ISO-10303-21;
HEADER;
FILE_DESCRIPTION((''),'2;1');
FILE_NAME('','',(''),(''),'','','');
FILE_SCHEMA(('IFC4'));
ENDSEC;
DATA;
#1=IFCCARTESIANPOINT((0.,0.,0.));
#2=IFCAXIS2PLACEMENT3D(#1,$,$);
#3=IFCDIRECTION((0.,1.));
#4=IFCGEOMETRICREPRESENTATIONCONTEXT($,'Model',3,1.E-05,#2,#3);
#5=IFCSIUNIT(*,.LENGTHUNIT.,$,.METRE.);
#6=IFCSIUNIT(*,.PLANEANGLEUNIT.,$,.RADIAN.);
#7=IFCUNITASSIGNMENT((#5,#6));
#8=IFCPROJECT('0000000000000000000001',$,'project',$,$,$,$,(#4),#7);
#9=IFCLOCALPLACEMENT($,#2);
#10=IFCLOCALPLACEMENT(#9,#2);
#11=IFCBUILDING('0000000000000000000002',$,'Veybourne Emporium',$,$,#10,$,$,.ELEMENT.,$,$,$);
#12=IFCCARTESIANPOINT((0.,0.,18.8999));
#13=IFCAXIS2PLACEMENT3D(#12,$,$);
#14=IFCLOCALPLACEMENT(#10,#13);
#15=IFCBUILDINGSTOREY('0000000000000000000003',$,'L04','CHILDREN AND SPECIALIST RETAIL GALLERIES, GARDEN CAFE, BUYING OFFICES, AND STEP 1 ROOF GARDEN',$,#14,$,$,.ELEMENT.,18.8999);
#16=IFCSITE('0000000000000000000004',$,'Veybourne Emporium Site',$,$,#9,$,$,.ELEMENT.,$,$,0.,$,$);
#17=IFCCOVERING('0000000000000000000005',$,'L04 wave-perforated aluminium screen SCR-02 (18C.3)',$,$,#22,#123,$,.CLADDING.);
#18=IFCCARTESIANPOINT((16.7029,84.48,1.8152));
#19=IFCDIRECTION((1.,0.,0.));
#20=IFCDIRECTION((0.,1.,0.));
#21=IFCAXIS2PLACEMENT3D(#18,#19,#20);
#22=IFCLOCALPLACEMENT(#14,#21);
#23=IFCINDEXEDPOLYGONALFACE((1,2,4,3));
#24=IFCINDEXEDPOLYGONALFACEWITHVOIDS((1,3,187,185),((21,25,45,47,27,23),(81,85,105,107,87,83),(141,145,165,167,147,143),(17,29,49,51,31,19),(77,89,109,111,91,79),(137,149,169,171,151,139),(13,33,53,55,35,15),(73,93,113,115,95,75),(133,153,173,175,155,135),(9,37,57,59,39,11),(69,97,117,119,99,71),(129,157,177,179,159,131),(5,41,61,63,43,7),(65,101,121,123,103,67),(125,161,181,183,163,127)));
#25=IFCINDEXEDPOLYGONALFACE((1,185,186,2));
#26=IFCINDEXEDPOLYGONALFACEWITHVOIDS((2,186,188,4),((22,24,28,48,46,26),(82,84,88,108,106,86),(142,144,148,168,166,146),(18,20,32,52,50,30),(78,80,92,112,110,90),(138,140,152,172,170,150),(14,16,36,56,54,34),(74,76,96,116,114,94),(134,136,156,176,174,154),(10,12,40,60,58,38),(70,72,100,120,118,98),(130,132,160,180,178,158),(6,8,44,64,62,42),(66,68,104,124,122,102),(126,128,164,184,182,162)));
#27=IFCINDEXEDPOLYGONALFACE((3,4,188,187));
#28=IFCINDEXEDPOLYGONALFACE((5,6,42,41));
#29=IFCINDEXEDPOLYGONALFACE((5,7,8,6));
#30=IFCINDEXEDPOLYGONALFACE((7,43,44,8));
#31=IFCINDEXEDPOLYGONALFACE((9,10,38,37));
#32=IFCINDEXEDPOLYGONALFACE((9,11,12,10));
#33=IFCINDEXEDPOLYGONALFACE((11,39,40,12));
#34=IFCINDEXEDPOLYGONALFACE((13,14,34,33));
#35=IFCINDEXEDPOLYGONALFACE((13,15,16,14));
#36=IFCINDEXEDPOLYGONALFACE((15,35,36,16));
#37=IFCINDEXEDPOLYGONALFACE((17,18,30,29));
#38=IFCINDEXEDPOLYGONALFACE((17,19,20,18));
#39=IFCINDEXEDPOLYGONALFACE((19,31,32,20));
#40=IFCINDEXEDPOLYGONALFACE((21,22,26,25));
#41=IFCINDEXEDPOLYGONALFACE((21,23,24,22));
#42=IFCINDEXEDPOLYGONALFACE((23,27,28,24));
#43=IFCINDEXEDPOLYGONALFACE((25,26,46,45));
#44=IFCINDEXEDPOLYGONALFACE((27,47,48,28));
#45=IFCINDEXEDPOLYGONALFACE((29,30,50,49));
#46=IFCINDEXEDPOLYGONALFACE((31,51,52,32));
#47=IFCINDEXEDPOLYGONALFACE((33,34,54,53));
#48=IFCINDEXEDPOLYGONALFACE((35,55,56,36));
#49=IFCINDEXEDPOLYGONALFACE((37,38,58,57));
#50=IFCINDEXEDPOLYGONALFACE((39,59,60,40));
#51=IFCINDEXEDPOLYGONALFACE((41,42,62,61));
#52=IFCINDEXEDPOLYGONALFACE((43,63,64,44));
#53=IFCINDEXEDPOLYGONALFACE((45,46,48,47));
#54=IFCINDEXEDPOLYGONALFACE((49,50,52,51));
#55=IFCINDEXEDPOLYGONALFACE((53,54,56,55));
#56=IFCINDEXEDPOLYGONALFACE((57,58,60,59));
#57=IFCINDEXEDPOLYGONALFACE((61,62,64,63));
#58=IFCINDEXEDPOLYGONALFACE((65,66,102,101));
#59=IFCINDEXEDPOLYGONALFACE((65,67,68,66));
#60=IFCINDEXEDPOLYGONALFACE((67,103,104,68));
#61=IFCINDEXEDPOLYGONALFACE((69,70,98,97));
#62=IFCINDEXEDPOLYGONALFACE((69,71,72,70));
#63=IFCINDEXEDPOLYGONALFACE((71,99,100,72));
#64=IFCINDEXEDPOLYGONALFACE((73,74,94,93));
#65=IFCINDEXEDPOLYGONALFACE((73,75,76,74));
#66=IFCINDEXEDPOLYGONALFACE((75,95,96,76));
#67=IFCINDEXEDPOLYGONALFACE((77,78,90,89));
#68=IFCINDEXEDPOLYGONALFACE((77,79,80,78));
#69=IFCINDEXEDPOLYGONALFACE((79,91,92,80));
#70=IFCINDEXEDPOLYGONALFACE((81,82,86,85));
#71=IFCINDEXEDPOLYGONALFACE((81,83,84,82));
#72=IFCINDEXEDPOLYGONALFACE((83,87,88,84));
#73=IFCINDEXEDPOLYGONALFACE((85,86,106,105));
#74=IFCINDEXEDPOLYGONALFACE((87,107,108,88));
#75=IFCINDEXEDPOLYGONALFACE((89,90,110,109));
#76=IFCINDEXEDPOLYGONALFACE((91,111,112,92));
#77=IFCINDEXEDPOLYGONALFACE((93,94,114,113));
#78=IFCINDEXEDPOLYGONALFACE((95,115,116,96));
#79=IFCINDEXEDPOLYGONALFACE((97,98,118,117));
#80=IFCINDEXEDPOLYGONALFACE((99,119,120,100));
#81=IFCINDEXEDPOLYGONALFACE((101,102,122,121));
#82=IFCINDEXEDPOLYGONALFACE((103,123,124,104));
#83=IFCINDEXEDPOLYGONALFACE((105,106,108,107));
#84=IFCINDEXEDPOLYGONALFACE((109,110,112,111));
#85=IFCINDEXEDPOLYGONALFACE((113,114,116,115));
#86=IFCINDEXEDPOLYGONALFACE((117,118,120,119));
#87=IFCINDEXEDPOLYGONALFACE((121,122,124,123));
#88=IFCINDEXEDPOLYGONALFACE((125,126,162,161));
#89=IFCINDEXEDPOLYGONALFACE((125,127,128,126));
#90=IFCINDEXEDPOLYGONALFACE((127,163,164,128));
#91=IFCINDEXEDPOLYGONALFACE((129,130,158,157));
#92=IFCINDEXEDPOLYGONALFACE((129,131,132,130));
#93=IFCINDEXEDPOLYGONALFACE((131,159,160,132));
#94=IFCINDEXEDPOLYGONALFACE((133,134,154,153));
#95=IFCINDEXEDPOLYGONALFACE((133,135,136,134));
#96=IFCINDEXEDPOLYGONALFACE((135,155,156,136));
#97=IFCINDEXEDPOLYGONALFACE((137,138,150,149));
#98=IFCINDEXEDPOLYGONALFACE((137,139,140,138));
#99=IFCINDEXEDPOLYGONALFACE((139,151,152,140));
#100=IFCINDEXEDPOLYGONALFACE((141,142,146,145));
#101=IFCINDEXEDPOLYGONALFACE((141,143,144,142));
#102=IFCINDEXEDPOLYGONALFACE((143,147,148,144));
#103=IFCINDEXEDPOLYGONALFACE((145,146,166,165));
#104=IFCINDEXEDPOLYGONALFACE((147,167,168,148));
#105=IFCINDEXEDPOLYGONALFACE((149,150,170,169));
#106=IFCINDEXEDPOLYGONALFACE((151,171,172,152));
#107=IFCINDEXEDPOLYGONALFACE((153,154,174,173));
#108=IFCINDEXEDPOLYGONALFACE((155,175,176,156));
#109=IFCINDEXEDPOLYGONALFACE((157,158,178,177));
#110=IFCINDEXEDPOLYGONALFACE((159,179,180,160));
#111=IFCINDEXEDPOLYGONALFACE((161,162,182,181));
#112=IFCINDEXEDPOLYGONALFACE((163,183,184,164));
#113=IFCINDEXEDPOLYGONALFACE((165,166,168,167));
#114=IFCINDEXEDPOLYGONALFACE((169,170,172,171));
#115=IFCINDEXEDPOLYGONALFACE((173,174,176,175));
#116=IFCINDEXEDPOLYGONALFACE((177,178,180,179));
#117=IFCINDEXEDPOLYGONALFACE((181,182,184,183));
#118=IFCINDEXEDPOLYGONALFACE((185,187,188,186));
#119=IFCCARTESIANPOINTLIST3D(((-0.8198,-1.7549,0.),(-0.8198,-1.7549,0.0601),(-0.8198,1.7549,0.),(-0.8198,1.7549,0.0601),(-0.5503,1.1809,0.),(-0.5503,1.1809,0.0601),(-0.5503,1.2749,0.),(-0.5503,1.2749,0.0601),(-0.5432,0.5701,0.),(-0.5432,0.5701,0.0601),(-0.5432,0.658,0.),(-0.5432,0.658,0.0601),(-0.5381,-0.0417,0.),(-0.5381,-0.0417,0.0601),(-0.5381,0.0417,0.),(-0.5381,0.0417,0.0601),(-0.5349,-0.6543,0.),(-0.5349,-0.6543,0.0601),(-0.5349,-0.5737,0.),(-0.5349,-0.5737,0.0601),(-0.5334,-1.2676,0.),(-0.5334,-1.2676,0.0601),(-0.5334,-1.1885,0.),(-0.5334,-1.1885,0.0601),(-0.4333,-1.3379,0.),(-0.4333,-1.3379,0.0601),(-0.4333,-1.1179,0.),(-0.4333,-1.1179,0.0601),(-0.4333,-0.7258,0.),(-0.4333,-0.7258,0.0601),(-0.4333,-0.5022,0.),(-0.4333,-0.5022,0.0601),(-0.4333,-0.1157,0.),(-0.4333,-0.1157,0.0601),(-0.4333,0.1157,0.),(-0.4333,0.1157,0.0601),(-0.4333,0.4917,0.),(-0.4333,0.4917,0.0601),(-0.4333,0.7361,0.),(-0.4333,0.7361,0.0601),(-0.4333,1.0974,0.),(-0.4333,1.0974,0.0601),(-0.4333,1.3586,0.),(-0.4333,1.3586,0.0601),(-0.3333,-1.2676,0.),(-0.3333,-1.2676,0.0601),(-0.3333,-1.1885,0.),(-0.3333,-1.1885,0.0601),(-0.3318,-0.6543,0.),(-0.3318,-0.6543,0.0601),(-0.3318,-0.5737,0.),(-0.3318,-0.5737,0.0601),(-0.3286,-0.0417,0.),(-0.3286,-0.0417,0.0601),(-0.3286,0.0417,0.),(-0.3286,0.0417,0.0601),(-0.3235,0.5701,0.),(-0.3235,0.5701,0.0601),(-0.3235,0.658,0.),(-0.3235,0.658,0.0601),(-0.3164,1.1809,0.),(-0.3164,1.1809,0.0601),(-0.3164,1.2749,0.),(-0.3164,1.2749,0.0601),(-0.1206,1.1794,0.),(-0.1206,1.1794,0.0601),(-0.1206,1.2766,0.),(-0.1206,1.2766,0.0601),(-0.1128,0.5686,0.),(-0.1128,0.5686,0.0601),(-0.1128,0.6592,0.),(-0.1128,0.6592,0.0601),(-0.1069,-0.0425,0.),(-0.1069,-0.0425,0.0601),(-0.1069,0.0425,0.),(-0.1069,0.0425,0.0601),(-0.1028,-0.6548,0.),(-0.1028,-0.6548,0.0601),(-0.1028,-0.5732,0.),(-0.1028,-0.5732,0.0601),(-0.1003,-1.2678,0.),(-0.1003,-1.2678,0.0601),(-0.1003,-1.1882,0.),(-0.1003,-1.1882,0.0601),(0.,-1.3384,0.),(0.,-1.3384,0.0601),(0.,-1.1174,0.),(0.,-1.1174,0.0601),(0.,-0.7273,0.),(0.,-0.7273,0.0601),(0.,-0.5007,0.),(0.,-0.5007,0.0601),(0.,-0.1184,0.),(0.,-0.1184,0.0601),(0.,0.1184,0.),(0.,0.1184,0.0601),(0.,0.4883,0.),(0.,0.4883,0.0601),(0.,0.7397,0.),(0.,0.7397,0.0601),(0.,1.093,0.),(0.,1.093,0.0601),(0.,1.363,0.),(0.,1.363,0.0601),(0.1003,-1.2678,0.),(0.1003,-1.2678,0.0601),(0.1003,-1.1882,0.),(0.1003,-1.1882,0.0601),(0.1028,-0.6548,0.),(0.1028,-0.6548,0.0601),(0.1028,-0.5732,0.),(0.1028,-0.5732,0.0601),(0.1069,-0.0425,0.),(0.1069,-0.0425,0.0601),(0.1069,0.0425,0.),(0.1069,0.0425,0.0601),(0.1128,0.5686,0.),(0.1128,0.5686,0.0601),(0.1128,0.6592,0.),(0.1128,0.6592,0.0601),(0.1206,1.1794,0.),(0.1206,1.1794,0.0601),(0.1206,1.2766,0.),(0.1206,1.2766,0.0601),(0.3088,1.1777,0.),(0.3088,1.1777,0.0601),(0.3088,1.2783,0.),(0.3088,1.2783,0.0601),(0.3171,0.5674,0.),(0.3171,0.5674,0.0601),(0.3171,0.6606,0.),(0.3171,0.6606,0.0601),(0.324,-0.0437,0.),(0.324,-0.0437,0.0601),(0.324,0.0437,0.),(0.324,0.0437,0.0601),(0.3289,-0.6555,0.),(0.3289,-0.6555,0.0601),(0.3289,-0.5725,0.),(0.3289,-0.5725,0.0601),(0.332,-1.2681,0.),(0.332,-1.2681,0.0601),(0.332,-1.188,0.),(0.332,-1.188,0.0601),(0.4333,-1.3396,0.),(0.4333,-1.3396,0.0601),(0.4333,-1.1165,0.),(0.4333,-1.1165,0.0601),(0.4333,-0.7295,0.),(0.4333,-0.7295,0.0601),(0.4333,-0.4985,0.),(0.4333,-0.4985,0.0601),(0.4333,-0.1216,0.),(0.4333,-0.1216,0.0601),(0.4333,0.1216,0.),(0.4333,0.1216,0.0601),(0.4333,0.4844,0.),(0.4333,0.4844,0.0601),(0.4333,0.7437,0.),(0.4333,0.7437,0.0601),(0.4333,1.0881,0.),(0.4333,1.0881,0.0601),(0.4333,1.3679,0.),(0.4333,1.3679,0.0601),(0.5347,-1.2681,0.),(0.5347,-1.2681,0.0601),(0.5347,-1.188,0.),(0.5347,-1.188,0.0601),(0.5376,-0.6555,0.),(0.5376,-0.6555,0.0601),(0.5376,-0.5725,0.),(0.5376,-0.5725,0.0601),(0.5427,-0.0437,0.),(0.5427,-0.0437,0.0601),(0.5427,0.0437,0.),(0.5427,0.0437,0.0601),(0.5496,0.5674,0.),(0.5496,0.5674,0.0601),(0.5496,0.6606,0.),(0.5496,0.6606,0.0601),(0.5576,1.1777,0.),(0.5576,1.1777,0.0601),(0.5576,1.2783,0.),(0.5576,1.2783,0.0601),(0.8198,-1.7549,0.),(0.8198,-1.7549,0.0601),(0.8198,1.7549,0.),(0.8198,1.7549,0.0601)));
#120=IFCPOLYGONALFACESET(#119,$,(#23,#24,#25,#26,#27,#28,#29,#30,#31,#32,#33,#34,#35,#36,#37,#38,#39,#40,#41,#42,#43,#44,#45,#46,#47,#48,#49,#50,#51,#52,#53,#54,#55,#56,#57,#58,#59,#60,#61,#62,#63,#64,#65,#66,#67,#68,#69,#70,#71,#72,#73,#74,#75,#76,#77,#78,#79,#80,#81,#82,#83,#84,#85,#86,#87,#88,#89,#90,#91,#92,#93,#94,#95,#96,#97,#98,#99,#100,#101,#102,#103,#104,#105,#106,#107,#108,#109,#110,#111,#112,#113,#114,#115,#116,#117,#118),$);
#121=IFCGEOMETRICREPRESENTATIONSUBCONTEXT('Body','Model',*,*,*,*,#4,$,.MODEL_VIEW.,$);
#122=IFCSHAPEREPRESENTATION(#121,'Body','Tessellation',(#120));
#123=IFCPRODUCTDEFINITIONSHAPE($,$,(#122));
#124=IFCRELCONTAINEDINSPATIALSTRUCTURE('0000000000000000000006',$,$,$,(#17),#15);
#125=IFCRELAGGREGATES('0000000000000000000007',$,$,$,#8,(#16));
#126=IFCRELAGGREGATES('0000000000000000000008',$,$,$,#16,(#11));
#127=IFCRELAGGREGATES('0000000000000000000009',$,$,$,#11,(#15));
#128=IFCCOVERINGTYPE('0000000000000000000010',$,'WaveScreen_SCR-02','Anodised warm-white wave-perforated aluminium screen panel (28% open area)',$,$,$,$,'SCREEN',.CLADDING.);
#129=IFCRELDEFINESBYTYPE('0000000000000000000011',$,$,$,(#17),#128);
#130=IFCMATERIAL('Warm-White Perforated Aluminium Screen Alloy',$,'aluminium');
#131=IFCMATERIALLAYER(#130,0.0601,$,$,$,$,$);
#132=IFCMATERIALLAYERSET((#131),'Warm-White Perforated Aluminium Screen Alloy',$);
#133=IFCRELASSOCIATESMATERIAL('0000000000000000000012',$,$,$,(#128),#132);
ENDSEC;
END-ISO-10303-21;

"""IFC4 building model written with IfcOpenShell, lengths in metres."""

from ifc_helpers import new_model, si_unit, direction, frame, origin, place, context, subcontext, project, spatial, polyline, outline, extrude, material, layer, layer_set, type_object, element, save


model = new_model("IFC4")

# Units and contexts
model_context = context("Model", 3, precision=1e-05, world=origin(), true_north=direction((0.0, 1.0)))
body_context = subcontext(model_context, "Body", "Model", "MODEL_VIEW")
ifc_project = project(units=[si_unit("LENGTHUNIT", "METRE"), si_unit("PLANEANGLEUNIT", "RADIAN")], contexts=[model_context])

# Site, building, storey
site_placement = place(None, origin())
site = spatial("IfcSite", under=ifc_project, at=site_placement, Name="Veybourne Emporium Site", CompositionType="ELEMENT", RefElevation=0.0)
building_placement = place(site_placement, origin())
building = spatial("IfcBuilding", under=site, at=building_placement, Name="Veybourne Emporium", CompositionType="ELEMENT")
storey_placement = place(building_placement, frame((0.0, 0.0, 18.8999)))
storey = spatial("IfcBuildingStorey", under=building, at=storey_placement, Name="L04", Description="CHILDREN AND SPECIALIST RETAIL GALLERIES, GARDEN CAFE, BUYING OFFICES, AND STEP 1 ROOF GARDEN", CompositionType="ELEMENT", Elevation=18.8999)

# Covering
ifc_material_1 = material(Name="Warm-White Perforated Aluminium Screen Alloy", Category="aluminium")
ifc_layer_1 = layer(ifc_material_1, 0.0601)
ifc_layer_set_1 = layer_set([ifc_layer_1], Name="Warm-White Perforated Aluminium Screen Alloy")
covering_type_1 = type_object("IfcCoveringType", Name="WaveScreen_SCR-02", Description="Anodised warm-white wave-perforated aluminium screen panel (28% open area)", ElementType="SCREEN", PredefinedType="CLADDING", material=ifc_layer_set_1)
covering_1_placement = place(storey_placement, frame((16.7029, 84.48, 1.8152), z_axis=(1.0, 0.0, 0.0), x_axis=(0.0, 1.0, 0.0)))
element("IfcCovering", 1, at=covering_1_placement, inside=storey, type_object=covering_type_1, Name="L04 wave-perforated aluminium screen SCR-02 (18C.3)", PredefinedType="CLADDING", context=body_context, shape_type="SweptSolid", body=[
    extrude(outline(polyline([(-0.8198, -1.7549), (0.8198, -1.7549), (0.8198, 1.7549), (-0.8198, 1.7549), (-0.8198, -1.7549)]), holes=[polyline([(-0.4333, -1.1179), (-0.3333, -1.1885), (-0.3333, -1.2676), (-0.4333, -1.3379), (-0.5334, -1.2676), (-0.5334, -1.1885), (-0.4333, -1.1179)]), polyline([(-0.4333, -0.5022), (-0.3318, -0.5737), (-0.3318, -0.6543), (-0.4333, -0.7258), (-0.5349, -0.6543), (-0.5349, -0.5737), (-0.4333, -0.5022)]), polyline([(-0.4333, 0.1157), (-0.3286, 0.0417), (-0.3286, -0.0417), (-0.4333, -0.1157), (-0.5381, -0.0417), (-0.5381, 0.0417), (-0.4333, 0.1157)]), polyline([(-0.4333, 0.7361), (-0.3235, 0.658), (-0.3235, 0.5701), (-0.4333, 0.4917), (-0.5432, 0.5701), (-0.5432, 0.658), (-0.4333, 0.7361)]), polyline([(-0.4333, 1.3586), (-0.3164, 1.2749), (-0.3164, 1.1809), (-0.4333, 1.0974), (-0.5503, 1.1809), (-0.5503, 1.2749), (-0.4333, 1.3586)]), polyline([(0.0, -1.1174), (0.1003, -1.1882), (0.1003, -1.2678), (0.0, -1.3384), (-0.1003, -1.2678), (-0.1003, -1.1882), (0.0, -1.1174)]), polyline([(0.0, -0.5007), (0.1028, -0.5732), (0.1028, -0.6548), (0.0, -0.7273), (-0.1028, -0.6548), (-0.1028, -0.5732), (0.0, -0.5007)]), polyline([(0.0, 0.1184), (0.1069, 0.0425), (0.1069, -0.0425), (0.0, -0.1184), (-0.1069, -0.0425), (-0.1069, 0.0425), (0.0, 0.1184)]), polyline([(0.0, 0.7397), (0.1128, 0.6592), (0.1128, 0.5686), (0.0, 0.4883), (-0.1128, 0.5686), (-0.1128, 0.6592), (0.0, 0.7397)]), polyline([(0.0, 1.363), (0.1206, 1.2766), (0.1206, 1.1794), (0.0, 1.093), (-0.1206, 1.1794), (-0.1206, 1.2766), (0.0, 1.363)]), polyline([(0.4333, -1.1165), (0.5347, -1.188), (0.5347, -1.2681), (0.4333, -1.3396), (0.332, -1.2681), (0.332, -1.188), (0.4333, -1.1165)]), polyline([(0.4333, -0.4985), (0.5376, -0.5725), (0.5376, -0.6555), (0.4333, -0.7295), (0.3289, -0.6555), (0.3289, -0.5725), (0.4333, -0.4985)]), polyline([(0.4333, 0.1216), (0.5427, 0.0437), (0.5427, -0.0437), (0.4333, -0.1216), (0.324, -0.0437), (0.324, 0.0437), (0.4333, 0.1216)]), polyline([(0.4333, 0.7437), (0.5496, 0.6606), (0.5496, 0.5674), (0.4333, 0.4844), (0.3171, 0.5674), (0.3171, 0.6606), (0.4333, 0.7437)]), polyline([(0.4333, 1.3679), (0.5576, 1.2783), (0.5576, 1.1777), (0.4333, 1.0881), (0.3088, 1.1777), (0.3088, 1.2783), (0.4333, 1.3679)])]), origin(), (0.0, 0.0, 1.0), 0.0601),
])

save(model, "model.ifc")
